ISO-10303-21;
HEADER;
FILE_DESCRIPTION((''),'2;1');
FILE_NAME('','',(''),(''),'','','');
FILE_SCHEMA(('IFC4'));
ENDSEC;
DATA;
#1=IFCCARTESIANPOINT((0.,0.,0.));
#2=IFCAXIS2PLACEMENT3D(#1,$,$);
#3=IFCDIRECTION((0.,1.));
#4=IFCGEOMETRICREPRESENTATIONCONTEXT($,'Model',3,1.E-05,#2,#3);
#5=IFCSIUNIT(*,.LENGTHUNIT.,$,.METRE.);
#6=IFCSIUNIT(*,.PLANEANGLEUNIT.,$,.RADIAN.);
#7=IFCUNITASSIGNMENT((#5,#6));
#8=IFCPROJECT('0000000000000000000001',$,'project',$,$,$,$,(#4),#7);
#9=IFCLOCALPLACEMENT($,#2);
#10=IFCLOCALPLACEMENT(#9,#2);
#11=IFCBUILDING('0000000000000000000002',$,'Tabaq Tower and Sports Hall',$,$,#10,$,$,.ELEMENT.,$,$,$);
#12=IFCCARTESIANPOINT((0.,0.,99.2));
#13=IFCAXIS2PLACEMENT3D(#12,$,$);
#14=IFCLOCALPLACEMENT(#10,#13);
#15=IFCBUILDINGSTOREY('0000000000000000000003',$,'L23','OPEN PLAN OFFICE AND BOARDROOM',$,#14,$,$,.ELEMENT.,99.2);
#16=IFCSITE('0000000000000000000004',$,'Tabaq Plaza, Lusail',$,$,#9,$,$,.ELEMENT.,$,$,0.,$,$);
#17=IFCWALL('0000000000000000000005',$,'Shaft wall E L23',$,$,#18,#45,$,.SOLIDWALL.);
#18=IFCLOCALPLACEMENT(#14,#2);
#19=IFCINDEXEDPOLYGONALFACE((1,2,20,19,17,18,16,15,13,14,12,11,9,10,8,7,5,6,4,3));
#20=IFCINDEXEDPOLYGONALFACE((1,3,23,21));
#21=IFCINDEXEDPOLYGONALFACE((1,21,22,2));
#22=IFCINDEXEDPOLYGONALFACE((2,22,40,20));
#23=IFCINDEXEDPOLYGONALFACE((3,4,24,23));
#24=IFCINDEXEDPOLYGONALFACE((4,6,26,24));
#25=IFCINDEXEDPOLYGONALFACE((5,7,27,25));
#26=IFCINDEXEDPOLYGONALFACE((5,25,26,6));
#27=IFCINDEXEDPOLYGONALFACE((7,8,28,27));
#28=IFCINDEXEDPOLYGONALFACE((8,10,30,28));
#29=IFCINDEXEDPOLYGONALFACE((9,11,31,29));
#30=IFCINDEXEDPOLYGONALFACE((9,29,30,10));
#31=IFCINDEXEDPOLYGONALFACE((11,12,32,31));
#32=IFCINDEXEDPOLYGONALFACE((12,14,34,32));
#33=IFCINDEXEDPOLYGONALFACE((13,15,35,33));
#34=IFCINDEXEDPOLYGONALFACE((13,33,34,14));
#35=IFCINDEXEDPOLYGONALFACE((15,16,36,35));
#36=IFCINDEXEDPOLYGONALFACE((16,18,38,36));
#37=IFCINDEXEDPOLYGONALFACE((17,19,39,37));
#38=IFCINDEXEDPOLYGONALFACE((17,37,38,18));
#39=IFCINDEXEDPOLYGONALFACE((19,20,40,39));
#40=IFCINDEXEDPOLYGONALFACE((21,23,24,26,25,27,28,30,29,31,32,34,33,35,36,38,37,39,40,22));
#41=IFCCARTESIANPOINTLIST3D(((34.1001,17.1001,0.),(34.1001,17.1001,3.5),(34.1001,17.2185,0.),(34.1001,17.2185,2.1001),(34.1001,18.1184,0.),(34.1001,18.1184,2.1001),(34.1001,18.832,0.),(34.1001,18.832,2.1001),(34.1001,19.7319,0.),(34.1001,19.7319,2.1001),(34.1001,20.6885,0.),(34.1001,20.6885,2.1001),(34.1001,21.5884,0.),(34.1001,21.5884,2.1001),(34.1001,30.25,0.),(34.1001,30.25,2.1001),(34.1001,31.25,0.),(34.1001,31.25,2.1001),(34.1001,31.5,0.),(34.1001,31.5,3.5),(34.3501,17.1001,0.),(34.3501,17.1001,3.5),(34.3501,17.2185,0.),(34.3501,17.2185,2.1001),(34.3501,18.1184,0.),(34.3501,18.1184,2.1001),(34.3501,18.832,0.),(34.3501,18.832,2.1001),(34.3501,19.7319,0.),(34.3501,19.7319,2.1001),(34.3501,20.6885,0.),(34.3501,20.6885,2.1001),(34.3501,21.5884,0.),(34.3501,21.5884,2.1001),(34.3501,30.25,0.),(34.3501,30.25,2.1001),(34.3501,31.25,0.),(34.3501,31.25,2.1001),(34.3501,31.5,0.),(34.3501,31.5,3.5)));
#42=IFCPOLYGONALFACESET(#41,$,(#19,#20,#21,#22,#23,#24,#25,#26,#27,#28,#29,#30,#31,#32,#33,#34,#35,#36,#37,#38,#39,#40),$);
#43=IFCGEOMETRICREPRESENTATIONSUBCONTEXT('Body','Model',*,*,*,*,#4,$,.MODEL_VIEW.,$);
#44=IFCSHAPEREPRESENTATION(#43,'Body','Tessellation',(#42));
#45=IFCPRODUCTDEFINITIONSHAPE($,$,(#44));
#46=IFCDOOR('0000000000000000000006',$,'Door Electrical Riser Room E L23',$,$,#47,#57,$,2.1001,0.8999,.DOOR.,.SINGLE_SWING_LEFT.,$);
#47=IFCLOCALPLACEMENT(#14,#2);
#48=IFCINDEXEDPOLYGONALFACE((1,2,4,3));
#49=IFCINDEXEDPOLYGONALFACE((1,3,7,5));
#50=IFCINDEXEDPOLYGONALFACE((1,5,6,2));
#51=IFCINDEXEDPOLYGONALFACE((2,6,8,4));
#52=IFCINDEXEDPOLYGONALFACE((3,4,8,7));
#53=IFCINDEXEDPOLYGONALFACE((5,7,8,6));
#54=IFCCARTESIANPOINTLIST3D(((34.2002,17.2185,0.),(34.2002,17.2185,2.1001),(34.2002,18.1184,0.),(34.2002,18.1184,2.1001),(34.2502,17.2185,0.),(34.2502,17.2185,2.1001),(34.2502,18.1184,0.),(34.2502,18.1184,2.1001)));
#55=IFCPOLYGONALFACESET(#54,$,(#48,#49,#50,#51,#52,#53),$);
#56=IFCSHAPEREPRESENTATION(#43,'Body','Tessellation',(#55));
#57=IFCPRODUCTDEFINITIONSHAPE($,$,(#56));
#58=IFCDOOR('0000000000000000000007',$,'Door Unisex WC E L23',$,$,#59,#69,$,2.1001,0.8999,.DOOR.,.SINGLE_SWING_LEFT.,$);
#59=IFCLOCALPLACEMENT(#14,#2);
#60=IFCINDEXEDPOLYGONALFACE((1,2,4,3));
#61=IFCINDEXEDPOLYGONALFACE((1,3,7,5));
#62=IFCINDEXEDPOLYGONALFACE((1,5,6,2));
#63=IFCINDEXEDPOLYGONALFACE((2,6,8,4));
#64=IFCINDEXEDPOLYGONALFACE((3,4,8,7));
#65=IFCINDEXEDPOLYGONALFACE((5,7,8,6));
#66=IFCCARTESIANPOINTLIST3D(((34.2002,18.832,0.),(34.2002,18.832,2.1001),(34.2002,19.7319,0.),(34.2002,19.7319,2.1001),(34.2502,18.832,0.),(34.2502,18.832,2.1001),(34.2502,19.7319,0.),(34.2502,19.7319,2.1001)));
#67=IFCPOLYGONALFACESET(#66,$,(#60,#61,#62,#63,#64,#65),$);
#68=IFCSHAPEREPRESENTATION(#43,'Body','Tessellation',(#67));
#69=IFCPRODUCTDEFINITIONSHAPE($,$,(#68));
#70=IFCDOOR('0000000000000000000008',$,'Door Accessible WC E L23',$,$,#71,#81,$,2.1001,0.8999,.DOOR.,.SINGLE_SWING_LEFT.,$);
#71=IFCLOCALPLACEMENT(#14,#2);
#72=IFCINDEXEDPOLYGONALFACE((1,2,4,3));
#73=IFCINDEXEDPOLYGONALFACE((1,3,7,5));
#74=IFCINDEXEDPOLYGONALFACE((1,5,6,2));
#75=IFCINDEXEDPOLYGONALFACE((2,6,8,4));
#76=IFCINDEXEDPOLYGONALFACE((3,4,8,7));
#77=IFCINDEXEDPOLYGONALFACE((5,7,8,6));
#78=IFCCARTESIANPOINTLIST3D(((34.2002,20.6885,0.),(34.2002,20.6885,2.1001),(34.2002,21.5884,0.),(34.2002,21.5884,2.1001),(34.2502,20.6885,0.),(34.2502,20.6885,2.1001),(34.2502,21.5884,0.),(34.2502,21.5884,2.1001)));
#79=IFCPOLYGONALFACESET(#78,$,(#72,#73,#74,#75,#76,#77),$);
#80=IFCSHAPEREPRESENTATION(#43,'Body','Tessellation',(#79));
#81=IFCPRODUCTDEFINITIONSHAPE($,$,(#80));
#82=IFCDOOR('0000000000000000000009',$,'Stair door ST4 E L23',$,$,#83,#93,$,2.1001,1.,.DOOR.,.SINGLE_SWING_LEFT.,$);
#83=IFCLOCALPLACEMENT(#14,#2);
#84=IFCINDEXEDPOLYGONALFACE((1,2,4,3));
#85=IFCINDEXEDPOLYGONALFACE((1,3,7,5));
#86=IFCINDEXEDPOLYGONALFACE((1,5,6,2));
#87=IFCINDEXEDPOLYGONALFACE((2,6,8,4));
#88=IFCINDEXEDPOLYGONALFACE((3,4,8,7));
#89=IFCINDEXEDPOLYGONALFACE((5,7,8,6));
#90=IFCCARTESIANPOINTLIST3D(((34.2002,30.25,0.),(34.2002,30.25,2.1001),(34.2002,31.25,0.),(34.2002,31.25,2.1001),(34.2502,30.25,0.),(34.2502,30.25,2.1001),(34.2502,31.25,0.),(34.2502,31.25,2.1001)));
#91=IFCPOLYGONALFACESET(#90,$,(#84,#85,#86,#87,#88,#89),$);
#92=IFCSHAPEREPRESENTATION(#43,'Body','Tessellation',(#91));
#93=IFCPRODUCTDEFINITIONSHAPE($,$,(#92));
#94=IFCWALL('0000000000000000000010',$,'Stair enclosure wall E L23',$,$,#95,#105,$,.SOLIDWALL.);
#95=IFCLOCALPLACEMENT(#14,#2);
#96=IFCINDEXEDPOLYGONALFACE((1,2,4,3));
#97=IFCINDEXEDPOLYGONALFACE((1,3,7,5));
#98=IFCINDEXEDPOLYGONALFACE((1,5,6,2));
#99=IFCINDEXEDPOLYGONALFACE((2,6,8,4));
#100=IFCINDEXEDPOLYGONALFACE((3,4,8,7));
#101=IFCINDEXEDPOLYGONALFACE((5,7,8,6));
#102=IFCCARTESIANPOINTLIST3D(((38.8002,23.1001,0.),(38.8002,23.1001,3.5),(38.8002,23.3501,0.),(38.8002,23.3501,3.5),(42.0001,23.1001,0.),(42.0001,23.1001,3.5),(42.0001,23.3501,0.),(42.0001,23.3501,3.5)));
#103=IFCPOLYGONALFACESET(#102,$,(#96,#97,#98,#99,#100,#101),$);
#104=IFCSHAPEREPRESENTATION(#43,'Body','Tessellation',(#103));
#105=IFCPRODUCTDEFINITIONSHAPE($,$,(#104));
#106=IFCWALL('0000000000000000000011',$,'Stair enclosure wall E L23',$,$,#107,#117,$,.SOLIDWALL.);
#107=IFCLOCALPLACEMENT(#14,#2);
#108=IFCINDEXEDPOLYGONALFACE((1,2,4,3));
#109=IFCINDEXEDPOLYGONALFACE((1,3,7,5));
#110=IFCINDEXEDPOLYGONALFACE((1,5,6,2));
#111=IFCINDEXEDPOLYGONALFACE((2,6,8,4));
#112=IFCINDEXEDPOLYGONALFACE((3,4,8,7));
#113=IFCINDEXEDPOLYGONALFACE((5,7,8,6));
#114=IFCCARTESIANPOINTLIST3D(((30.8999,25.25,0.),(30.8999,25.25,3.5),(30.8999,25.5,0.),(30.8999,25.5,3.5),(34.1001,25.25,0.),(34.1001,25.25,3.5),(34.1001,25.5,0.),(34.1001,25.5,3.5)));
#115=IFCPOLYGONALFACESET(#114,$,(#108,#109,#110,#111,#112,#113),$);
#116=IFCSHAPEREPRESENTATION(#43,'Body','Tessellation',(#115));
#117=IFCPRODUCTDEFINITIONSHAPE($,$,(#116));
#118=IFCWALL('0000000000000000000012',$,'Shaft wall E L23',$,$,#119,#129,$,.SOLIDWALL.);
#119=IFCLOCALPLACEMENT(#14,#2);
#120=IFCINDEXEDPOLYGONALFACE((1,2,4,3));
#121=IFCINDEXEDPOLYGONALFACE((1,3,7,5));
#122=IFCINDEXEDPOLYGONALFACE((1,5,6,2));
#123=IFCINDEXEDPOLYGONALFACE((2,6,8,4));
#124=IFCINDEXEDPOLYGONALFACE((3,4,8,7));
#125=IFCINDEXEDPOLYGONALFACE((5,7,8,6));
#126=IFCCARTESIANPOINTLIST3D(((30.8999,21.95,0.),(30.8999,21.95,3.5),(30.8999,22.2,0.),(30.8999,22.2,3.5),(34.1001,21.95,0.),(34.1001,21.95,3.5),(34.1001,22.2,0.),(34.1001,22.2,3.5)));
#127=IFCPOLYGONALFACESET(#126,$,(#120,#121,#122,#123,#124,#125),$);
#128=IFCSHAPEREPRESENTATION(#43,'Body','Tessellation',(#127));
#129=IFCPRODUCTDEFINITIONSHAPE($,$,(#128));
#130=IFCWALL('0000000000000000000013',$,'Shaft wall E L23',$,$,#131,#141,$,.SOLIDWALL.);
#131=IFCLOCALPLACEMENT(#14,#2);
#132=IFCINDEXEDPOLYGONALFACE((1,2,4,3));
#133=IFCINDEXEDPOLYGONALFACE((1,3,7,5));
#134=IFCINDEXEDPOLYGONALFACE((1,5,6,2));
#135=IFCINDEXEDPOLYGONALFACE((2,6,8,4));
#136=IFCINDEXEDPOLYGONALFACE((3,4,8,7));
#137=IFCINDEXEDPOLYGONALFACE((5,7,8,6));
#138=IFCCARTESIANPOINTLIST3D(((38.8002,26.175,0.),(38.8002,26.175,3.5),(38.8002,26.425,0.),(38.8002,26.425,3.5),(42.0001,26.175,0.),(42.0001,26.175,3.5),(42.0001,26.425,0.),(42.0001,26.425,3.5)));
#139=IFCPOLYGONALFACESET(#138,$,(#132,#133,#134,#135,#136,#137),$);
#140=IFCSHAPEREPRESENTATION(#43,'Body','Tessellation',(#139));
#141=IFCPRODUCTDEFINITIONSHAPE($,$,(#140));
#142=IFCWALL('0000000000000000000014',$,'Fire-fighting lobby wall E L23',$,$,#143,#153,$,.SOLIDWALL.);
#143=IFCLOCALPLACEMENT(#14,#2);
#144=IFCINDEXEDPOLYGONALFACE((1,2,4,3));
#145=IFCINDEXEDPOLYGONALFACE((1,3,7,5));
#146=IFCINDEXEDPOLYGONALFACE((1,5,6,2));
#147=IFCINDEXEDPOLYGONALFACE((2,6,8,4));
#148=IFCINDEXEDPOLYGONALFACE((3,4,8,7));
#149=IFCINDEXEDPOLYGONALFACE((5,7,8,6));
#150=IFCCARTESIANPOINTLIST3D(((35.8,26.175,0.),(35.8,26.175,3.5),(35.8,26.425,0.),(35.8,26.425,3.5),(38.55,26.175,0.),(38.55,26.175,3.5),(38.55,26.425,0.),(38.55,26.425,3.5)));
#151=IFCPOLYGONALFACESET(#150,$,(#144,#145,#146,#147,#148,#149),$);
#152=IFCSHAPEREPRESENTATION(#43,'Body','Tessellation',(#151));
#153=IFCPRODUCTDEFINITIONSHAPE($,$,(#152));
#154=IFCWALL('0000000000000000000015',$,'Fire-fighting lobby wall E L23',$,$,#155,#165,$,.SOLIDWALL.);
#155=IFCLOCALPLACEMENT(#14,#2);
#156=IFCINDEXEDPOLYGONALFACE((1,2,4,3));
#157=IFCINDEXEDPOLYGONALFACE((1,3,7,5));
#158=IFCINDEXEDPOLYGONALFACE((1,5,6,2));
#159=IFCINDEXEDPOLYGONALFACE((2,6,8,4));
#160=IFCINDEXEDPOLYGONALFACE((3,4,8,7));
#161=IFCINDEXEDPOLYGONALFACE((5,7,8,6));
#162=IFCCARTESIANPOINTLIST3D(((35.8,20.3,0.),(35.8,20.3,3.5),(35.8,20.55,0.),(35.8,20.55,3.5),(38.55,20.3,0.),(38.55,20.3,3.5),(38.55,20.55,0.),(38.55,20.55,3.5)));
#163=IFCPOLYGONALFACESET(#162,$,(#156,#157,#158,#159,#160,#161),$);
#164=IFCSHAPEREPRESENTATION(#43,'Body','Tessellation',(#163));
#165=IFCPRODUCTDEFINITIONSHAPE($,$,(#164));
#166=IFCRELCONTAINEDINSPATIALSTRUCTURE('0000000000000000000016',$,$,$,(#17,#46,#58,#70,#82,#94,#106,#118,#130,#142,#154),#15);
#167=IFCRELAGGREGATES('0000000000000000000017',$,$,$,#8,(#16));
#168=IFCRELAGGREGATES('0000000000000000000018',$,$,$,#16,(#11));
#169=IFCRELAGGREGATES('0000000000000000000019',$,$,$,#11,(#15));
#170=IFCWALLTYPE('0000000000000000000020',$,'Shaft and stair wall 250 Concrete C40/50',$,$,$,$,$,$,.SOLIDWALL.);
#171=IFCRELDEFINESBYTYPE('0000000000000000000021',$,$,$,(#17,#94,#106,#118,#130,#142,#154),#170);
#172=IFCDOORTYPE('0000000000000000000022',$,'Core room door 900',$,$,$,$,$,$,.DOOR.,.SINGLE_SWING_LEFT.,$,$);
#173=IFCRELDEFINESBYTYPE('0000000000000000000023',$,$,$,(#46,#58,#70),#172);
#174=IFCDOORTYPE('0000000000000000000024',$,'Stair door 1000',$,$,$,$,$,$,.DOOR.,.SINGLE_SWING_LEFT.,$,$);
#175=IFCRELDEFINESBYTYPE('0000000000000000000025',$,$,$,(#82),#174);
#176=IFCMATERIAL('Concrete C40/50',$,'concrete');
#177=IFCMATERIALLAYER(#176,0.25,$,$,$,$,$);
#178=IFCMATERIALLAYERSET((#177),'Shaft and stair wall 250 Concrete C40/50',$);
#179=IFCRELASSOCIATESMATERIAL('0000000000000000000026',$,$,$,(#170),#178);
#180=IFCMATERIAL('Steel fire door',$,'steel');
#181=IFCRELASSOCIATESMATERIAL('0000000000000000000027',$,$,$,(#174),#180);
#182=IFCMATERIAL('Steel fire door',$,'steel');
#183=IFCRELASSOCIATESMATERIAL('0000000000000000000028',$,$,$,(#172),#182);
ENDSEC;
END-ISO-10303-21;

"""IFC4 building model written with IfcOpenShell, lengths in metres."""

from ifc_helpers import new_model, si_unit, direction, frame, frame_2d, origin, place, context, subcontext, project, spatial, rectangle, extrude, material, layer, layer_set, type_object, element, fill, save


model = new_model("IFC4")

# Units and contexts
model_context = context("Model", 3, precision=1e-05, world=origin(), true_north=direction((0.0, 1.0)))
body_context = subcontext(model_context, "Body", "Model", "MODEL_VIEW")
ifc_project = project(units=[si_unit("LENGTHUNIT", "METRE"), si_unit("PLANEANGLEUNIT", "RADIAN")], contexts=[model_context])

# Site, building, storey
site_placement = place(None, origin())
site = spatial("IfcSite", under=ifc_project, at=site_placement, Name="Tabaq Plaza, Lusail", CompositionType="ELEMENT", RefElevation=0.0)
building_placement = place(site_placement, origin())
building = spatial("IfcBuilding", under=site, at=building_placement, Name="Tabaq Tower and Sports Hall", CompositionType="ELEMENT")
storey_placement = place(building_placement, frame((0.0, 0.0, 99.2)))
storey = spatial("IfcBuildingStorey", under=building, at=storey_placement, Name="L23", Description="OPEN PLAN OFFICE AND BOARDROOM", CompositionType="ELEMENT", Elevation=99.2)

# Wall, openings, doors
ifc_material_1 = material(Name="Concrete C40/50", Category="concrete")
ifc_layer_1 = layer(ifc_material_1, 0.25)
ifc_layer_set_1 = layer_set([ifc_layer_1], Name="Shaft and stair wall 250 Concrete C40/50")
wall_type_1 = type_object("IfcWallType", Name="Shaft and stair wall 250 Concrete C40/50", PredefinedType="SOLIDWALL", material=ifc_layer_set_1)
ifc_material_2 = material(Name="Steel fire door", Category="steel")
door_type_1 = type_object("IfcDoorType", Name="Stair door 1000", OperationType="SINGLE_SWING_LEFT", PredefinedType="DOOR", material=ifc_material_2)
wall_1_placement = place(storey_placement, frame((34.2251, 17.1001, 0.0), z_axis=(0.0, 0.0, 1.0), x_axis=(0.0, 1.0, 0.0)))
wall_1 = element("IfcWall", 1, at=wall_1_placement, inside=storey, type_object=wall_type_1, Name="Shaft wall E L23", PredefinedType="SOLIDWALL", context=body_context, shape_type="SweptSolid", body=[
    extrude(rectangle(XDim=14.3999, YDim=0.25, at=frame_2d((7.2, 0.0))), origin(), (0.0, 0.0, 1.0), 3.5),
])
opening_1_placement = place(wall_1_placement, frame((13.1499, 0.0, 0.0)))
opening_1 = element("IfcOpeningElement", 2, at=opening_1_placement, cuts=wall_1, PredefinedType="OPENING", context=body_context, shape_type="SweptSolid", body=[
    extrude(rectangle(XDim=1.0, YDim=2.1001, at=frame_2d((0.5, 1.05))), frame((0.0, 0.125, 0.0), z_axis=(0.0, -1.0, 0.0), x_axis=(1.0, 0.0, 0.0)), (0.0, 0.0, 1.0), 0.25),
])
opening_2_placement = place(wall_1_placement, frame((0.1184, 0.0, 0.0)))
opening_2 = element("IfcOpeningElement", 3, at=opening_2_placement, cuts=wall_1, PredefinedType="OPENING", context=body_context, shape_type="SweptSolid", body=[
    extrude(rectangle(XDim=0.8999, YDim=2.1001, at=frame_2d((0.45, 1.05))), frame((0.0, 0.125, 0.0), z_axis=(0.0, -1.0, 0.0), x_axis=(1.0, 0.0, 0.0)), (0.0, 0.0, 1.0), 0.25),
])
opening_3_placement = place(wall_1_placement, frame((1.7319, 0.0, 0.0)))
opening_3 = element("IfcOpeningElement", 4, at=opening_3_placement, cuts=wall_1, PredefinedType="OPENING", context=body_context, shape_type="SweptSolid", body=[
    extrude(rectangle(XDim=0.8999, YDim=2.1001, at=frame_2d((0.45, 1.05))), frame((0.0, 0.125, 0.0), z_axis=(0.0, -1.0, 0.0), x_axis=(1.0, 0.0, 0.0)), (0.0, 0.0, 1.0), 0.25),
])
opening_4_placement = place(wall_1_placement, frame((3.5884, 0.0, 0.0)))
opening_4 = element("IfcOpeningElement", 5, at=opening_4_placement, cuts=wall_1, PredefinedType="OPENING", context=body_context, shape_type="SweptSolid", body=[
    extrude(rectangle(XDim=0.8999, YDim=2.1001, at=frame_2d((0.45, 1.05))), frame((0.0, 0.125, 0.0), z_axis=(0.0, -1.0, 0.0), x_axis=(1.0, 0.0, 0.0)), (0.0, 0.0, 1.0), 0.25),
])
ifc_material_3 = material(Name="Steel fire door", Category="steel")
door_type_2 = type_object("IfcDoorType", Name="Core room door 900", OperationType="SINGLE_SWING_LEFT", PredefinedType="DOOR", material=ifc_material_3)
door_1_placement = place(opening_2_placement, origin())
door_1 = element("IfcDoor", 6, at=door_1_placement, inside=storey, type_object=door_type_2, Name="Door Electrical Riser Room E L23", OperationType="SINGLE_SWING_LEFT", OverallHeight=2.1001, OverallWidth=0.8999, PredefinedType="DOOR", context=body_context, shape_type="SweptSolid", body=[
    extrude(rectangle(XDim=0.8999, YDim=2.1001, at=frame_2d((0.45, 1.05))), frame((0.0, 0.0249, 0.0), z_axis=(0.0, -1.0, 0.0), x_axis=(1.0, 0.0, 0.0)), (0.0, 0.0, 1.0), 0.05),
])
fill(opening_2, door_1)
door_2_placement = place(opening_3_placement, origin())
door_2 = element("IfcDoor", 7, at=door_2_placement, inside=storey, type_object=door_type_2, Name="Door Unisex WC E L23", OperationType="SINGLE_SWING_LEFT", OverallHeight=2.1001, OverallWidth=0.8999, PredefinedType="DOOR", context=body_context, shape_type="SweptSolid", body=[
    extrude(rectangle(XDim=0.8999, YDim=2.1001, at=frame_2d((0.45, 1.05))), frame((0.0, 0.0249, 0.0), z_axis=(0.0, -1.0, 0.0), x_axis=(1.0, 0.0, 0.0)), (0.0, 0.0, 1.0), 0.05),
])
fill(opening_3, door_2)
door_3_placement = place(opening_4_placement, origin())
door_3 = element("IfcDoor", 8, at=door_3_placement, inside=storey, type_object=door_type_2, Name="Door Accessible WC E L23", OperationType="SINGLE_SWING_LEFT", OverallHeight=2.1001, OverallWidth=0.8999, PredefinedType="DOOR", context=body_context, shape_type="SweptSolid", body=[
    extrude(rectangle(XDim=0.8999, YDim=2.1001, at=frame_2d((0.45, 1.05))), frame((0.0, 0.0249, 0.0), z_axis=(0.0, -1.0, 0.0), x_axis=(1.0, 0.0, 0.0)), (0.0, 0.0, 1.0), 0.05),
])
fill(opening_4, door_3)
door_4_placement = place(opening_1_placement, origin())
door_4 = element("IfcDoor", 9, at=door_4_placement, inside=storey, type_object=door_type_1, Name="Stair door ST4 E L23", OperationType="SINGLE_SWING_LEFT", OverallHeight=2.1001, OverallWidth=1.0, PredefinedType="DOOR", context=body_context, shape_type="SweptSolid", body=[
    extrude(rectangle(XDim=1.0, YDim=2.1001, at=frame_2d((0.5, 1.05))), frame((0.0, 0.0249, 0.0), z_axis=(0.0, -1.0, 0.0), x_axis=(1.0, 0.0, 0.0)), (0.0, 0.0, 1.0), 0.05),
])
fill(opening_1, door_4)

# Walls
wall_2_placement = place(storey_placement, frame((38.8, 23.2251, 0.0), z_axis=(0.0, 0.0, 1.0), x_axis=(1.0, 0.0, 0.0)))
element("IfcWall", 10, at=wall_2_placement, inside=storey, type_object=wall_type_1, Name="Stair enclosure wall E L23", PredefinedType="SOLIDWALL", context=body_context, shape_type="SweptSolid", body=[
    extrude(rectangle(XDim=3.2, YDim=0.25, at=frame_2d((1.6001, 0.0))), origin(), (0.0, 0.0, 1.0), 3.5),
])
for number, where, z_axis, x_axis, name in (
    (11, (30.8999, 25.375, 0.0), (0.0, 0.0, 1.0), (1.0, 0.0, 0.0), "Stair enclosure wall E L23"),
    (12, (30.8999, 22.075, 0.0), (0.0, 0.0, 1.0), (1.0, 0.0, 0.0), "Shaft wall E L23"),
):
    element("IfcWall", number, at=place(storey_placement, frame(where, z_axis=z_axis, x_axis=x_axis)), inside=storey, type_object=wall_type_1, Name=name, PredefinedType="SOLIDWALL", context=body_context, shape_type="SweptSolid", body=[
        extrude(rectangle(XDim=3.2002, YDim=0.25, at=frame_2d((1.6001, 0.0))), origin(), (0.0, 0.0, 1.0), 3.5),
    ])
wall_3_placement = place(storey_placement, frame((38.8, 26.3, 0.0), z_axis=(0.0, 0.0, 1.0), x_axis=(1.0, 0.0, 0.0)))
element("IfcWall", 13, at=wall_3_placement, inside=storey, type_object=wall_type_1, Name="Shaft wall E L23", PredefinedType="SOLIDWALL", context=body_context, shape_type="SweptSolid", body=[
    extrude(rectangle(XDim=3.2, YDim=0.25, at=frame_2d((1.6001, 0.0))), origin(), (0.0, 0.0, 1.0), 3.5),
])
for number, where, z_axis, x_axis, name in (
    (14, (35.8, 26.3, 0.0), (0.0, 0.0, 1.0), (1.0, 0.0, 0.0), "Fire-fighting lobby wall E L23"),
    (15, (35.8, 20.425, 0.0), (0.0, 0.0, 1.0), (1.0, 0.0, 0.0), "Fire-fighting lobby wall E L23"),
):
    element("IfcWall", number, at=place(storey_placement, frame(where, z_axis=z_axis, x_axis=x_axis)), inside=storey, type_object=wall_type_1, Name=name, PredefinedType="SOLIDWALL", context=body_context, shape_type="SweptSolid", body=[
        extrude(rectangle(XDim=2.75, YDim=0.25, at=frame_2d((1.375, 0.0))), origin(), (0.0, 0.0, 1.0), 3.5),
    ])

save(model, "model.ifc")
